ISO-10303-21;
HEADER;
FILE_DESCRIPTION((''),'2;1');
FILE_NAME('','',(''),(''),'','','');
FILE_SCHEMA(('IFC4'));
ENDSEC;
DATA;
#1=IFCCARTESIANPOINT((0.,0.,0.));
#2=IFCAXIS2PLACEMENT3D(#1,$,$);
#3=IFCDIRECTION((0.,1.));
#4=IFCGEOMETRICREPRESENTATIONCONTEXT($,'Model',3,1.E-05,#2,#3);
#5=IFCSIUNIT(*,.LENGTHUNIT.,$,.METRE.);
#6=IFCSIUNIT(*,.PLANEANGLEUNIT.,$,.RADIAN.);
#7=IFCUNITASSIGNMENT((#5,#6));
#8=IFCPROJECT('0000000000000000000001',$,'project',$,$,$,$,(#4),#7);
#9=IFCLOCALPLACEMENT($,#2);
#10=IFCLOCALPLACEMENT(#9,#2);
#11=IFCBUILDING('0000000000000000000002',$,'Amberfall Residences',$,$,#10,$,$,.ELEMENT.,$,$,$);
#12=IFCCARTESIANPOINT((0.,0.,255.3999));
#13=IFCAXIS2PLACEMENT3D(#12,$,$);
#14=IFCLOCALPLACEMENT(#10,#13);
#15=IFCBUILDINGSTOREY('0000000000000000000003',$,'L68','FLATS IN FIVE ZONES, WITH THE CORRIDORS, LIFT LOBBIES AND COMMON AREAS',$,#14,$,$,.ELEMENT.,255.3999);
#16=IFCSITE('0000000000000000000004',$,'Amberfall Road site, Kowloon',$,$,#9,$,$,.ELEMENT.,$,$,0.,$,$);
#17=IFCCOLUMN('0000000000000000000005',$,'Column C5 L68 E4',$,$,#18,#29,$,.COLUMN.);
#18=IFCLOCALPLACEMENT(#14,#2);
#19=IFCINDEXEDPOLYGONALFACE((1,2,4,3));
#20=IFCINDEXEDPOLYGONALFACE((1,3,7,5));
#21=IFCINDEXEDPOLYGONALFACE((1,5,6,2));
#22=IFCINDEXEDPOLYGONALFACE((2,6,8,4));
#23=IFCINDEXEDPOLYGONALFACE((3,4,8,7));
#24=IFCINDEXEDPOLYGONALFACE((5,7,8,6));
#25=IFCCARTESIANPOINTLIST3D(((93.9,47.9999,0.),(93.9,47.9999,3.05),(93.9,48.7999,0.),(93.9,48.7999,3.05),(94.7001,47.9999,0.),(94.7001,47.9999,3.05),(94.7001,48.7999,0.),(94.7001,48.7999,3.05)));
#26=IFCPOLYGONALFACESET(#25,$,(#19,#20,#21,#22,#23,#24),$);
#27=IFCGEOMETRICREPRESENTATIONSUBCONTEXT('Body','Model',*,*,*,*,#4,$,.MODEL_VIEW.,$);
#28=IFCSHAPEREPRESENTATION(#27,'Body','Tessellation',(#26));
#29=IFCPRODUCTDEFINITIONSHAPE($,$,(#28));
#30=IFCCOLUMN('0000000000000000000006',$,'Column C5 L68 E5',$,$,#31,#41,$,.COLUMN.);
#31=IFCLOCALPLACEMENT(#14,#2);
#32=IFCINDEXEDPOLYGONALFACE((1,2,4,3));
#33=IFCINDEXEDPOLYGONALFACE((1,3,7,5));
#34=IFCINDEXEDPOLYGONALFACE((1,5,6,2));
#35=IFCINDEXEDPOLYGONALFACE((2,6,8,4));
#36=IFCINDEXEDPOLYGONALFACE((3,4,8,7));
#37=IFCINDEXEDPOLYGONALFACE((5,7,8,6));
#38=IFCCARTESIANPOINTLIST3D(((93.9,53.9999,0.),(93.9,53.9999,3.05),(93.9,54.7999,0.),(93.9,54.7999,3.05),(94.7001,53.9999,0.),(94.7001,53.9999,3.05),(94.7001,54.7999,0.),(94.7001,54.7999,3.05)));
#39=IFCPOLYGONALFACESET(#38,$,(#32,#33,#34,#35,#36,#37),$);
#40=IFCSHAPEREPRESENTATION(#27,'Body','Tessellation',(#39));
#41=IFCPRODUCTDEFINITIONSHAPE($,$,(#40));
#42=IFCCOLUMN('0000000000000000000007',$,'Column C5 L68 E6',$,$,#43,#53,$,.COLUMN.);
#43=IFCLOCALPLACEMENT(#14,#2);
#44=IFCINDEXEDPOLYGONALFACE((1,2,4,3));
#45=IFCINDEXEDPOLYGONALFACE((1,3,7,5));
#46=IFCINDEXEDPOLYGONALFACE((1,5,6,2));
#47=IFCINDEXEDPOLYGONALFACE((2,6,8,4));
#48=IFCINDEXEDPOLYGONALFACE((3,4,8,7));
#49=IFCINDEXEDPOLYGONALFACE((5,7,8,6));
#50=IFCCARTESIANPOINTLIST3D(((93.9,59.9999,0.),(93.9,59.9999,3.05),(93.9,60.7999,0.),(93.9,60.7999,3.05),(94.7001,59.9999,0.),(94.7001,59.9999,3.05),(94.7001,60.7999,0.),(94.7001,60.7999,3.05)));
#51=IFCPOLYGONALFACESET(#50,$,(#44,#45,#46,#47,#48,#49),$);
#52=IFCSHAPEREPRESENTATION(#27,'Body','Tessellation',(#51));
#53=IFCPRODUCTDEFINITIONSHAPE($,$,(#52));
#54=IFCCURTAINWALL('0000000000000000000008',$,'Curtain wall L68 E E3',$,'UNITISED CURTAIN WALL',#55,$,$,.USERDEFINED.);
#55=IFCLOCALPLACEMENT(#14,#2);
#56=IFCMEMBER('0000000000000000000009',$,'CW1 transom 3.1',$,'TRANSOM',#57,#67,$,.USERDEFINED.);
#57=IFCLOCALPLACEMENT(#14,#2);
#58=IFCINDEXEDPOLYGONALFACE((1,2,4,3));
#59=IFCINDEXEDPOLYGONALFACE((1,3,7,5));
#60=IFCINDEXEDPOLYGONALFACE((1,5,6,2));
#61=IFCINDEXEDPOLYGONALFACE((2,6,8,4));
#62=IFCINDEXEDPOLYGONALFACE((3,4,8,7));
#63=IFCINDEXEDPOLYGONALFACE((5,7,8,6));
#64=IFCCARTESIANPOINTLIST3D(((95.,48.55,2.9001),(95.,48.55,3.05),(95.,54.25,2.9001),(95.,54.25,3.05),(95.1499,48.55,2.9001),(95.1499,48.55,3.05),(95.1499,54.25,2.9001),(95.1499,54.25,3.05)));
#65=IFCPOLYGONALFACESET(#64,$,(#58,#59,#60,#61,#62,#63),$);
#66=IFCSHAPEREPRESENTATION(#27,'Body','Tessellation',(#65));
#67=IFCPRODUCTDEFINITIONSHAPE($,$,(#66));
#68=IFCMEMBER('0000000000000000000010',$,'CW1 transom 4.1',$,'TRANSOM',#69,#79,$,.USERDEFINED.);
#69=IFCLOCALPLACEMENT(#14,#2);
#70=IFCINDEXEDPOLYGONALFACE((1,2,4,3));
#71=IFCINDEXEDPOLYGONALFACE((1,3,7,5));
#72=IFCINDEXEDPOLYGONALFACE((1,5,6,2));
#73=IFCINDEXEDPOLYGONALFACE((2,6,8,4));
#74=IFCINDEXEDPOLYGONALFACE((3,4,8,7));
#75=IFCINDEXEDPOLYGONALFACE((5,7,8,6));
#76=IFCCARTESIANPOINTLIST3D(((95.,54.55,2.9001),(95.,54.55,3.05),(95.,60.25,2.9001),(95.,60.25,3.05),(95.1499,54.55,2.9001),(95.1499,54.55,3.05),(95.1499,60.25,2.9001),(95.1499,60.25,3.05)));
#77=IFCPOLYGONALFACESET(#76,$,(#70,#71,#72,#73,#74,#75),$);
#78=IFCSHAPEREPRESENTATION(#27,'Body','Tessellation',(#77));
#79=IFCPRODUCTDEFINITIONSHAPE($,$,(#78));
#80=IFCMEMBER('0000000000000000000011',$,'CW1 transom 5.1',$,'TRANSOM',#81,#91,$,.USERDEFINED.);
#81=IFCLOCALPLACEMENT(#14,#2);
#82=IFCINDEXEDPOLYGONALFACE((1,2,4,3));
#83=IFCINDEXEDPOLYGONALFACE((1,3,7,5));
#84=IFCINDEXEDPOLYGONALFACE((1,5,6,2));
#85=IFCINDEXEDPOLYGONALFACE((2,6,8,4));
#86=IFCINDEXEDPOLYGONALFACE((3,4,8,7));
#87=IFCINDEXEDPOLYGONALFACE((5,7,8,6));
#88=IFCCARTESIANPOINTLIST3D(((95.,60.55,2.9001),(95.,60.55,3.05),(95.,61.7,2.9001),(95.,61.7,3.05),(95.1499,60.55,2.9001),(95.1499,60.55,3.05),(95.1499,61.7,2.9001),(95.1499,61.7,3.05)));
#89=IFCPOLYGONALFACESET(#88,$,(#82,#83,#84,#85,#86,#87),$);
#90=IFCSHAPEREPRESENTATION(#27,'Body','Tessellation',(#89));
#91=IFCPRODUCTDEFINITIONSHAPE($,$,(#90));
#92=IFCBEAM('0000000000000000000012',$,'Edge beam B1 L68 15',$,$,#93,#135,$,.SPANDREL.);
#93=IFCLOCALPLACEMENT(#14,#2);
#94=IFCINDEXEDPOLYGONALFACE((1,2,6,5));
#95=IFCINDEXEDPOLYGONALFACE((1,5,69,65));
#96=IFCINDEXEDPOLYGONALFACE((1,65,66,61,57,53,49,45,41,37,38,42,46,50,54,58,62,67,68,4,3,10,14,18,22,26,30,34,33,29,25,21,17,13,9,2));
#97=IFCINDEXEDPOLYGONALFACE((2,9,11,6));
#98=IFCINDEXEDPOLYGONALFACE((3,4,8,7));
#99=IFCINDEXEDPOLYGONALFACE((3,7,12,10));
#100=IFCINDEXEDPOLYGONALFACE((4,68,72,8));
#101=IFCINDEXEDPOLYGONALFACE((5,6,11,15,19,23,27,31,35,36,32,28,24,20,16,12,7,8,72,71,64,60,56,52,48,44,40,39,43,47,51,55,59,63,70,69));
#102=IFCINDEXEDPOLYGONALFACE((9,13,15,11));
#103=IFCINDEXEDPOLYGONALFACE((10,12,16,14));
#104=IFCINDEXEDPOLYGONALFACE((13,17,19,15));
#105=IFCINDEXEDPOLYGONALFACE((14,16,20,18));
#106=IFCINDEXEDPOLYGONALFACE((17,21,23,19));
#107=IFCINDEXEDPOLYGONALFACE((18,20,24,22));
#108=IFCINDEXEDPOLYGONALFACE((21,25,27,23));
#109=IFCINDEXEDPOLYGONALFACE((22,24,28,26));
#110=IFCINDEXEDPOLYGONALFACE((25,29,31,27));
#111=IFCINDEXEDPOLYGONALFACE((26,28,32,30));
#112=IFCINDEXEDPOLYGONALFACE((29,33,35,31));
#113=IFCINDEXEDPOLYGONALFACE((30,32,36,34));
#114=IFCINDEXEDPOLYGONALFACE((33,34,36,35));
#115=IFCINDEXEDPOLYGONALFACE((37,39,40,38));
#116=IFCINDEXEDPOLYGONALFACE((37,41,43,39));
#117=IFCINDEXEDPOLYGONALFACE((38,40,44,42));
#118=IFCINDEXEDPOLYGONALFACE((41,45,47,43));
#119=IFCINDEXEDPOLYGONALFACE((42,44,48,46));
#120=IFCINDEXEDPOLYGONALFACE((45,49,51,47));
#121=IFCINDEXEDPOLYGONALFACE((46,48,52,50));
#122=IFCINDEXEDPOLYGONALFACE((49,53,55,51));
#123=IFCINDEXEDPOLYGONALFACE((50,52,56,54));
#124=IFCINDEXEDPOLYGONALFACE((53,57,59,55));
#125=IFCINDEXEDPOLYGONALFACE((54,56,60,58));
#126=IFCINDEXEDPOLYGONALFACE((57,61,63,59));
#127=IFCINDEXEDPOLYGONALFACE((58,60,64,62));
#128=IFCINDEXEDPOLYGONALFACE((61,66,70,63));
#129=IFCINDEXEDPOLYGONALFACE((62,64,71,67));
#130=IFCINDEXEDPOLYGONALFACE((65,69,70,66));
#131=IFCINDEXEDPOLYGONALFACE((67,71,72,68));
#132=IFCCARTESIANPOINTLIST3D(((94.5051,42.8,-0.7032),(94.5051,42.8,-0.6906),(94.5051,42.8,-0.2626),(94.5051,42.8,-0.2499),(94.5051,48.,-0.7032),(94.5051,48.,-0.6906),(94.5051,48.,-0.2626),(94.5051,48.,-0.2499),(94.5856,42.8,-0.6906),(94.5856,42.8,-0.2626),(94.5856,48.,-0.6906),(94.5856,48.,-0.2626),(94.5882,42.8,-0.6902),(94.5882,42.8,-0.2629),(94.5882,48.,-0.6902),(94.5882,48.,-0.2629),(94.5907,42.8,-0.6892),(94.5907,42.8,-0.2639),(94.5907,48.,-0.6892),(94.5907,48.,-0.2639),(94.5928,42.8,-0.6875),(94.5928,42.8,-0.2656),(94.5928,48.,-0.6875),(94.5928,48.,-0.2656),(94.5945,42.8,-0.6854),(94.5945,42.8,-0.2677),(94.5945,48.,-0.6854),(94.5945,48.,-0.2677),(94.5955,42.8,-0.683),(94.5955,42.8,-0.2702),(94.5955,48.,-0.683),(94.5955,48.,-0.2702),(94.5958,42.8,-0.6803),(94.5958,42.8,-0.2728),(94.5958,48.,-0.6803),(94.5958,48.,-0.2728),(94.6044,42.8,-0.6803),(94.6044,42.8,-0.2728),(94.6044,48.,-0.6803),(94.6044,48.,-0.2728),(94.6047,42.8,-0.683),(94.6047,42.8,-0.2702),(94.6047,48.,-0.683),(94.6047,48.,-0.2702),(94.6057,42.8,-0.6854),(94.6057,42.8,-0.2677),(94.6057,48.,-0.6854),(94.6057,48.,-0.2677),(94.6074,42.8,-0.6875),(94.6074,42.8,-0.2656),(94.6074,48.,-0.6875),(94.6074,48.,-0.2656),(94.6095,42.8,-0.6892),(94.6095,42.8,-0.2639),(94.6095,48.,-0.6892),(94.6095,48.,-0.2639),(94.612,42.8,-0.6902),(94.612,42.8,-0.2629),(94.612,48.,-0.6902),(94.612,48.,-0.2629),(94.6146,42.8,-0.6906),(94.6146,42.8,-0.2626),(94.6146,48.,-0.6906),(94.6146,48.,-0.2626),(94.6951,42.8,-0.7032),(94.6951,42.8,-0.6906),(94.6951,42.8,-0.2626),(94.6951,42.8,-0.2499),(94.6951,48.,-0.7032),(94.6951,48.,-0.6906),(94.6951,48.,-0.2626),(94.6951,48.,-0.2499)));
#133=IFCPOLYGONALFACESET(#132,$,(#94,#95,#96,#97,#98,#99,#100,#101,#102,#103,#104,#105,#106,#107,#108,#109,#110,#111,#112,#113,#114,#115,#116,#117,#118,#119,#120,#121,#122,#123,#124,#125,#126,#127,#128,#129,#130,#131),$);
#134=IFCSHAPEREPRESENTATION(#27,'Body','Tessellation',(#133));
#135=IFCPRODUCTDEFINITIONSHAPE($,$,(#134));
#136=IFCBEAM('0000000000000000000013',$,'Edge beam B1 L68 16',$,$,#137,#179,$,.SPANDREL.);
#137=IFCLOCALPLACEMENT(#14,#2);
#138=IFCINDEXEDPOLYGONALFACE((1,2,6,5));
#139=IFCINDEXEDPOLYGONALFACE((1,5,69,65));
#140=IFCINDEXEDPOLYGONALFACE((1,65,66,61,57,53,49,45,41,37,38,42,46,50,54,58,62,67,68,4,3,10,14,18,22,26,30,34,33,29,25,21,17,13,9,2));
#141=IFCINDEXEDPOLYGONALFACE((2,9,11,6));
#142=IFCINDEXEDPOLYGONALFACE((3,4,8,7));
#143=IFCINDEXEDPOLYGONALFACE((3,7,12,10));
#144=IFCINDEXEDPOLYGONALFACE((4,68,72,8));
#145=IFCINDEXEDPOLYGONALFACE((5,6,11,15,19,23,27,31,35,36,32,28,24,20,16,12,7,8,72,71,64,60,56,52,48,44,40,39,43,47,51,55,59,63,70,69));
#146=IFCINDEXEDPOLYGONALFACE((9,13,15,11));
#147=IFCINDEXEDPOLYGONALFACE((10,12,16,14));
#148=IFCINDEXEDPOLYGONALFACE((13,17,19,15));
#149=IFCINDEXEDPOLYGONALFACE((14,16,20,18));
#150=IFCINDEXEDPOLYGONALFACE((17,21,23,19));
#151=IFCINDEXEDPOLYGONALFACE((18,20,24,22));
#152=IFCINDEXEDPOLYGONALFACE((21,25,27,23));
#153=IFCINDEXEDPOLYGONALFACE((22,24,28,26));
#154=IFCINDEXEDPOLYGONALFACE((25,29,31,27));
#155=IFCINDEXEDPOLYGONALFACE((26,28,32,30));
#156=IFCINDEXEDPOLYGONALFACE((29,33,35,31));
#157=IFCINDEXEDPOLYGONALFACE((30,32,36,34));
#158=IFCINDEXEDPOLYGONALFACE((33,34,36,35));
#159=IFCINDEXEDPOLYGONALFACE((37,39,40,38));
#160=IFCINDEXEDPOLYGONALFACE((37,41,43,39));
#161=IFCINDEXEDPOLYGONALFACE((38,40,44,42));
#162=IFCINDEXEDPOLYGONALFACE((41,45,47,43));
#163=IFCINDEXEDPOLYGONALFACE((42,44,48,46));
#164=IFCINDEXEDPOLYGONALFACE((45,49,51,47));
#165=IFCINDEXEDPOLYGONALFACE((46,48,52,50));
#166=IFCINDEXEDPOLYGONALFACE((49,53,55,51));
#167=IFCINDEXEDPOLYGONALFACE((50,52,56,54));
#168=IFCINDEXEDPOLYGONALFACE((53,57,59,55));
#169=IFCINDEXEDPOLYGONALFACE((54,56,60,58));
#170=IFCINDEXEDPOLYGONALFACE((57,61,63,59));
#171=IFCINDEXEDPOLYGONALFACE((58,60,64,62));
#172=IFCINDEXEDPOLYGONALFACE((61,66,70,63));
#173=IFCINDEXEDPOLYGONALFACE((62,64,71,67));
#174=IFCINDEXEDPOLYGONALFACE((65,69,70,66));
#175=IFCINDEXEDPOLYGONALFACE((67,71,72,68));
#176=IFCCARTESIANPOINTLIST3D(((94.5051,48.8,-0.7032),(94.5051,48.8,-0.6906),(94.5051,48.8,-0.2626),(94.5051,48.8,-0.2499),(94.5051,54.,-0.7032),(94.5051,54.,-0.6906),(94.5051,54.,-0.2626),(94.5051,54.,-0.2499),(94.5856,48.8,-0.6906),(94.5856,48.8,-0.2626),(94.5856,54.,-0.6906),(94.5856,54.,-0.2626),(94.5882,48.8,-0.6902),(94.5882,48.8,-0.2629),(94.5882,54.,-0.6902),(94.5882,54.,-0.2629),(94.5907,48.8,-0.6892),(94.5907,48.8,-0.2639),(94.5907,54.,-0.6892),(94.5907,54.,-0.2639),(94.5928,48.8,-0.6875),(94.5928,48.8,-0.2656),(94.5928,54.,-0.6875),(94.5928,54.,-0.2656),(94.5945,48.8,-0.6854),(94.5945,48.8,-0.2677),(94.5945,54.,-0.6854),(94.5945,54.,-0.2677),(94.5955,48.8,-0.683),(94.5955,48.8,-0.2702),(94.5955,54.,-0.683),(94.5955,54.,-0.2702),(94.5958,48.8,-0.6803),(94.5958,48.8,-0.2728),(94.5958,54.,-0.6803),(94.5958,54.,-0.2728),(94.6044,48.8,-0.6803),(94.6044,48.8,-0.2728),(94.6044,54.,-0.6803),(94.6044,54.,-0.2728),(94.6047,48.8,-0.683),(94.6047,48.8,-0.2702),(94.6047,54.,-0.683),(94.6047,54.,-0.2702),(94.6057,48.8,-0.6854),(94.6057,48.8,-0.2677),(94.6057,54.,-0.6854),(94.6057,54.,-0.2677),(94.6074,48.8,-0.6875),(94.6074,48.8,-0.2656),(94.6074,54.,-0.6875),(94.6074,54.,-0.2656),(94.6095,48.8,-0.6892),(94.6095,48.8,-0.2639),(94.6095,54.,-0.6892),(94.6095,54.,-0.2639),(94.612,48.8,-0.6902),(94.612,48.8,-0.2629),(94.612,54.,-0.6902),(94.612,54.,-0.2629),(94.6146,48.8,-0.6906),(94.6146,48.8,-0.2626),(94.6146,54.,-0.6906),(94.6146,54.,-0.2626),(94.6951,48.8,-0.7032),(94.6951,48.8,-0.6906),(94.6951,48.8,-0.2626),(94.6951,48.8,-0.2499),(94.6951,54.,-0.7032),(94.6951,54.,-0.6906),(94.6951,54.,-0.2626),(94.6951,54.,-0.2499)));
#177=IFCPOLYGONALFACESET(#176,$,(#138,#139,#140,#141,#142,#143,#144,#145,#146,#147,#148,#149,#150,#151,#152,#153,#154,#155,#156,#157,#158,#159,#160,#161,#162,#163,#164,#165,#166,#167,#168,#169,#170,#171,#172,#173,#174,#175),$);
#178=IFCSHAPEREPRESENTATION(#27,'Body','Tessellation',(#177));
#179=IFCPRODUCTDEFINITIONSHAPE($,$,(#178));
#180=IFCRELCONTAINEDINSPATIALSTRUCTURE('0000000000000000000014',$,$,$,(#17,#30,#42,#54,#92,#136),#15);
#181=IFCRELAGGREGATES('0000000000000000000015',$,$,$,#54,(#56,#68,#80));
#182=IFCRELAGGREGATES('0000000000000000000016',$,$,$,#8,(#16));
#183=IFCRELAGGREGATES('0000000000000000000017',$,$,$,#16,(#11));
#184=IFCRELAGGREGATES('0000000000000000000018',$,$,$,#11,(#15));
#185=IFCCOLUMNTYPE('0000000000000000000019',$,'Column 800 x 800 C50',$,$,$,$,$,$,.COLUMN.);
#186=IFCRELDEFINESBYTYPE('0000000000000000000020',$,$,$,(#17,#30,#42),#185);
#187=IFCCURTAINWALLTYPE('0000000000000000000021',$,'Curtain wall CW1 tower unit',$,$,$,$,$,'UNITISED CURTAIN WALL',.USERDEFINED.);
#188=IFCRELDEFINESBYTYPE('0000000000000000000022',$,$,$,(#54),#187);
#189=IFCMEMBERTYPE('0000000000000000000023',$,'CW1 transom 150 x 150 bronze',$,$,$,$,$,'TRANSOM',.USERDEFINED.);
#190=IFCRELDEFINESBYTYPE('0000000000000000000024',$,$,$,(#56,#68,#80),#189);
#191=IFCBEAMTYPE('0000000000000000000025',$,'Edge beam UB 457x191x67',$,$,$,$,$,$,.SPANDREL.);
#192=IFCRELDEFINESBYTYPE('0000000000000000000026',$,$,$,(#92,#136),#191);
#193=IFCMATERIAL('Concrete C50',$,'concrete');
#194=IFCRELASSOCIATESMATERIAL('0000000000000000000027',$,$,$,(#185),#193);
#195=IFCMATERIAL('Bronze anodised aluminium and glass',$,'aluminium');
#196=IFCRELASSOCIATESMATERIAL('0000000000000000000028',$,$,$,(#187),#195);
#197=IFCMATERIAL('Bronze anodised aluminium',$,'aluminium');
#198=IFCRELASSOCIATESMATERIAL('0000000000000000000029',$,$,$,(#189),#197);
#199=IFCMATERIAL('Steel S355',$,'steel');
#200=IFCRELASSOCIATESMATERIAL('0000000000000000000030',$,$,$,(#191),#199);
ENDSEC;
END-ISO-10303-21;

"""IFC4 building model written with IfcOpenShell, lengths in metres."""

from ifc_helpers import new_model, si_unit, direction, frame, origin, origin_2d, place, context, subcontext, project, spatial, rectangle, i_section, extrude, material, material_profile, profile_set, type_object, element, aggregate, save


model = new_model("IFC4")

# Units and contexts
model_context = context("Model", 3, precision=1e-05, world=origin(), true_north=direction((0.0, 1.0)))
body_context = subcontext(model_context, "Body", "Model", "MODEL_VIEW")
ifc_project = project(units=[si_unit("LENGTHUNIT", "METRE"), si_unit("PLANEANGLEUNIT", "RADIAN")], contexts=[model_context])

# Site, building, storey
site_placement = place(None, origin())
site = spatial("IfcSite", under=ifc_project, at=site_placement, Name="Amberfall Road site, Kowloon", CompositionType="ELEMENT", RefElevation=0.0)
building_placement = place(site_placement, origin())
building = spatial("IfcBuilding", under=site, at=building_placement, Name="Amberfall Residences", CompositionType="ELEMENT")
storey_placement = place(building_placement, frame((0.0, 0.0, 255.3999)))
storey = spatial("IfcBuildingStorey", under=building, at=storey_placement, Name="L68", Description="FLATS IN FIVE ZONES, WITH THE CORRIDORS, LIFT LOBBIES AND COMMON AREAS", CompositionType="ELEMENT", Elevation=255.3999)

# Columns
ifc_material_1 = material(Name="Concrete C50", Category="concrete")
ifc_material_profile_1 = material_profile(ifc_material_1, rectangle(XDim=0.8, YDim=0.8, at=origin_2d()), Name="Column 800 x 800 C50")
ifc_profile_set_1 = profile_set([ifc_material_profile_1], Name="Concrete C50")
column_type = type_object("IfcColumnType", Name="Column 800 x 800 C50", PredefinedType="COLUMN", material=ifc_profile_set_1)
for number, where, z_axis, x_axis, name in (
    (1, (94.3, 48.3999, 0.0), (0.0, 0.0, 1.0), (1.0, 0.0, 0.0), "Column C5 L68 E4"),
    (2, (94.3, 54.3999, 0.0), (0.0, 0.0, 1.0), (1.0, 0.0, 0.0), "Column C5 L68 E5"),
    (3, (94.3, 60.3999, 0.0), (0.0, 0.0, 1.0), (1.0, 0.0, 0.0), "Column C5 L68 E6"),
):
    element("IfcColumn", number, at=place(storey_placement, frame(where, z_axis=z_axis, x_axis=x_axis)), inside=storey, type_object=column_type, Name=name, PredefinedType="COLUMN", context=body_context, shape_type="SweptSolid", body=[
        extrude(rectangle(XDim=0.8, YDim=0.8, at=origin_2d()), origin(), (0.0, 0.0, 1.0), 3.05),
    ])

# Curtain wall, members
ifc_material_2 = material(Name="Bronze anodised aluminium and glass", Category="aluminium")
curtain_wall_type = type_object("IfcCurtainWallType", Name="Curtain wall CW1 tower unit", ElementType="UNITISED CURTAIN WALL", PredefinedType="USERDEFINED", material=ifc_material_2)
curtain_wall_placement = place(storey_placement, origin())
curtain_wall = element("IfcCurtainWall", 4, at=curtain_wall_placement, inside=storey, type_object=curtain_wall_type, Name="Curtain wall L68 E E3", ObjectType="UNITISED CURTAIN WALL", PredefinedType="USERDEFINED")
ifc_material_3 = material(Name="Bronze anodised aluminium", Category="aluminium")
ifc_material_profile_2 = material_profile(ifc_material_3, rectangle(XDim=0.1499, YDim=0.1499, at=origin_2d()), Name="CW1 transom 150 x 150 bronze")
ifc_profile_set_2 = profile_set([ifc_material_profile_2], Name="Bronze anodised aluminium")
member_type_1 = type_object("IfcMemberType", Name="CW1 transom 150 x 150 bronze", ElementType="TRANSOM", PredefinedType="USERDEFINED", material=ifc_profile_set_2)
member_1_placement = place(storey_placement, frame((95.075, 48.55, 2.9751), z_axis=(0.0, 1.0, 0.0), x_axis=(-1.0, 0.0, 0.0)))
member_1 = element("IfcMember", 5, at=member_1_placement, type_object=member_type_1, Name="CW1 transom 3.1", ObjectType="TRANSOM", PredefinedType="USERDEFINED", context=body_context, shape_type="SweptSolid", body=[
    extrude(rectangle(XDim=0.1499, YDim=0.1499, at=origin_2d()), origin(), (0.0, 0.0, 1.0), 5.7),
])
member_2_placement = place(storey_placement, frame((95.075, 54.55, 2.9751), z_axis=(0.0, 1.0, 0.0), x_axis=(-1.0, 0.0, 0.0)))
member_2 = element("IfcMember", 6, at=member_2_placement, type_object=member_type_1, Name="CW1 transom 4.1", ObjectType="TRANSOM", PredefinedType="USERDEFINED", context=body_context, shape_type="SweptSolid", body=[
    extrude(rectangle(XDim=0.1499, YDim=0.1499, at=origin_2d()), origin(), (0.0, 0.0, 1.0), 5.7),
])
member_3_placement = place(storey_placement, frame((95.075, 60.55, 2.9751), z_axis=(0.0, 1.0, 0.0), x_axis=(-1.0, 0.0, 0.0)))
member_3 = element("IfcMember", 7, at=member_3_placement, type_object=member_type_1, Name="CW1 transom 5.1", ObjectType="TRANSOM", PredefinedType="USERDEFINED", context=body_context, shape_type="SweptSolid", body=[
    extrude(rectangle(XDim=0.1499, YDim=0.1499, at=origin_2d()), origin(), (0.0, 0.0, 1.0), 1.1499),
])

# Beams
ifc_material_4 = material(Name="Steel S355", Category="steel")
ifc_material_profile_3 = material_profile(ifc_material_4, i_section(OverallWidth=0.1899, OverallDepth=0.4534, WebThickness=0.0085, FlangeThickness=0.0127, FilletRadius=0.0103, at=origin_2d()), Name="UB 457x191x67")
ifc_profile_set_3 = profile_set([ifc_material_profile_3], Name="Steel S355")
beam_type_1 = type_object("IfcBeamType", Name="Edge beam UB 457x191x67", PredefinedType="SPANDREL", material=ifc_profile_set_3)
for number, where, z_axis, x_axis, name in (
    (8, (94.6001, 42.8, -0.4766), (0.0, 1.0, 0.0), (-1.0, 0.0, 0.0), "Edge beam B1 L68 15"),
    (9, (94.6001, 48.8, -0.4766), (0.0, 1.0, 0.0), (-1.0, 0.0, 0.0), "Edge beam B1 L68 16"),
):
    element("IfcBeam", number, at=place(storey_placement, frame(where, z_axis=z_axis, x_axis=x_axis)), inside=storey, type_object=beam_type_1, Name=name, PredefinedType="SPANDREL", context=body_context, shape_type="SweptSolid", body=[
        extrude(i_section(OverallWidth=0.1899, OverallDepth=0.4534, WebThickness=0.0085, FlangeThickness=0.0127, FilletRadius=0.0103, at=origin_2d()), origin(), (0.0, 0.0, 1.0), 5.2),
    ])

aggregate(curtain_wall, [member_1, member_2, member_3])

save(model, "model.ifc")
